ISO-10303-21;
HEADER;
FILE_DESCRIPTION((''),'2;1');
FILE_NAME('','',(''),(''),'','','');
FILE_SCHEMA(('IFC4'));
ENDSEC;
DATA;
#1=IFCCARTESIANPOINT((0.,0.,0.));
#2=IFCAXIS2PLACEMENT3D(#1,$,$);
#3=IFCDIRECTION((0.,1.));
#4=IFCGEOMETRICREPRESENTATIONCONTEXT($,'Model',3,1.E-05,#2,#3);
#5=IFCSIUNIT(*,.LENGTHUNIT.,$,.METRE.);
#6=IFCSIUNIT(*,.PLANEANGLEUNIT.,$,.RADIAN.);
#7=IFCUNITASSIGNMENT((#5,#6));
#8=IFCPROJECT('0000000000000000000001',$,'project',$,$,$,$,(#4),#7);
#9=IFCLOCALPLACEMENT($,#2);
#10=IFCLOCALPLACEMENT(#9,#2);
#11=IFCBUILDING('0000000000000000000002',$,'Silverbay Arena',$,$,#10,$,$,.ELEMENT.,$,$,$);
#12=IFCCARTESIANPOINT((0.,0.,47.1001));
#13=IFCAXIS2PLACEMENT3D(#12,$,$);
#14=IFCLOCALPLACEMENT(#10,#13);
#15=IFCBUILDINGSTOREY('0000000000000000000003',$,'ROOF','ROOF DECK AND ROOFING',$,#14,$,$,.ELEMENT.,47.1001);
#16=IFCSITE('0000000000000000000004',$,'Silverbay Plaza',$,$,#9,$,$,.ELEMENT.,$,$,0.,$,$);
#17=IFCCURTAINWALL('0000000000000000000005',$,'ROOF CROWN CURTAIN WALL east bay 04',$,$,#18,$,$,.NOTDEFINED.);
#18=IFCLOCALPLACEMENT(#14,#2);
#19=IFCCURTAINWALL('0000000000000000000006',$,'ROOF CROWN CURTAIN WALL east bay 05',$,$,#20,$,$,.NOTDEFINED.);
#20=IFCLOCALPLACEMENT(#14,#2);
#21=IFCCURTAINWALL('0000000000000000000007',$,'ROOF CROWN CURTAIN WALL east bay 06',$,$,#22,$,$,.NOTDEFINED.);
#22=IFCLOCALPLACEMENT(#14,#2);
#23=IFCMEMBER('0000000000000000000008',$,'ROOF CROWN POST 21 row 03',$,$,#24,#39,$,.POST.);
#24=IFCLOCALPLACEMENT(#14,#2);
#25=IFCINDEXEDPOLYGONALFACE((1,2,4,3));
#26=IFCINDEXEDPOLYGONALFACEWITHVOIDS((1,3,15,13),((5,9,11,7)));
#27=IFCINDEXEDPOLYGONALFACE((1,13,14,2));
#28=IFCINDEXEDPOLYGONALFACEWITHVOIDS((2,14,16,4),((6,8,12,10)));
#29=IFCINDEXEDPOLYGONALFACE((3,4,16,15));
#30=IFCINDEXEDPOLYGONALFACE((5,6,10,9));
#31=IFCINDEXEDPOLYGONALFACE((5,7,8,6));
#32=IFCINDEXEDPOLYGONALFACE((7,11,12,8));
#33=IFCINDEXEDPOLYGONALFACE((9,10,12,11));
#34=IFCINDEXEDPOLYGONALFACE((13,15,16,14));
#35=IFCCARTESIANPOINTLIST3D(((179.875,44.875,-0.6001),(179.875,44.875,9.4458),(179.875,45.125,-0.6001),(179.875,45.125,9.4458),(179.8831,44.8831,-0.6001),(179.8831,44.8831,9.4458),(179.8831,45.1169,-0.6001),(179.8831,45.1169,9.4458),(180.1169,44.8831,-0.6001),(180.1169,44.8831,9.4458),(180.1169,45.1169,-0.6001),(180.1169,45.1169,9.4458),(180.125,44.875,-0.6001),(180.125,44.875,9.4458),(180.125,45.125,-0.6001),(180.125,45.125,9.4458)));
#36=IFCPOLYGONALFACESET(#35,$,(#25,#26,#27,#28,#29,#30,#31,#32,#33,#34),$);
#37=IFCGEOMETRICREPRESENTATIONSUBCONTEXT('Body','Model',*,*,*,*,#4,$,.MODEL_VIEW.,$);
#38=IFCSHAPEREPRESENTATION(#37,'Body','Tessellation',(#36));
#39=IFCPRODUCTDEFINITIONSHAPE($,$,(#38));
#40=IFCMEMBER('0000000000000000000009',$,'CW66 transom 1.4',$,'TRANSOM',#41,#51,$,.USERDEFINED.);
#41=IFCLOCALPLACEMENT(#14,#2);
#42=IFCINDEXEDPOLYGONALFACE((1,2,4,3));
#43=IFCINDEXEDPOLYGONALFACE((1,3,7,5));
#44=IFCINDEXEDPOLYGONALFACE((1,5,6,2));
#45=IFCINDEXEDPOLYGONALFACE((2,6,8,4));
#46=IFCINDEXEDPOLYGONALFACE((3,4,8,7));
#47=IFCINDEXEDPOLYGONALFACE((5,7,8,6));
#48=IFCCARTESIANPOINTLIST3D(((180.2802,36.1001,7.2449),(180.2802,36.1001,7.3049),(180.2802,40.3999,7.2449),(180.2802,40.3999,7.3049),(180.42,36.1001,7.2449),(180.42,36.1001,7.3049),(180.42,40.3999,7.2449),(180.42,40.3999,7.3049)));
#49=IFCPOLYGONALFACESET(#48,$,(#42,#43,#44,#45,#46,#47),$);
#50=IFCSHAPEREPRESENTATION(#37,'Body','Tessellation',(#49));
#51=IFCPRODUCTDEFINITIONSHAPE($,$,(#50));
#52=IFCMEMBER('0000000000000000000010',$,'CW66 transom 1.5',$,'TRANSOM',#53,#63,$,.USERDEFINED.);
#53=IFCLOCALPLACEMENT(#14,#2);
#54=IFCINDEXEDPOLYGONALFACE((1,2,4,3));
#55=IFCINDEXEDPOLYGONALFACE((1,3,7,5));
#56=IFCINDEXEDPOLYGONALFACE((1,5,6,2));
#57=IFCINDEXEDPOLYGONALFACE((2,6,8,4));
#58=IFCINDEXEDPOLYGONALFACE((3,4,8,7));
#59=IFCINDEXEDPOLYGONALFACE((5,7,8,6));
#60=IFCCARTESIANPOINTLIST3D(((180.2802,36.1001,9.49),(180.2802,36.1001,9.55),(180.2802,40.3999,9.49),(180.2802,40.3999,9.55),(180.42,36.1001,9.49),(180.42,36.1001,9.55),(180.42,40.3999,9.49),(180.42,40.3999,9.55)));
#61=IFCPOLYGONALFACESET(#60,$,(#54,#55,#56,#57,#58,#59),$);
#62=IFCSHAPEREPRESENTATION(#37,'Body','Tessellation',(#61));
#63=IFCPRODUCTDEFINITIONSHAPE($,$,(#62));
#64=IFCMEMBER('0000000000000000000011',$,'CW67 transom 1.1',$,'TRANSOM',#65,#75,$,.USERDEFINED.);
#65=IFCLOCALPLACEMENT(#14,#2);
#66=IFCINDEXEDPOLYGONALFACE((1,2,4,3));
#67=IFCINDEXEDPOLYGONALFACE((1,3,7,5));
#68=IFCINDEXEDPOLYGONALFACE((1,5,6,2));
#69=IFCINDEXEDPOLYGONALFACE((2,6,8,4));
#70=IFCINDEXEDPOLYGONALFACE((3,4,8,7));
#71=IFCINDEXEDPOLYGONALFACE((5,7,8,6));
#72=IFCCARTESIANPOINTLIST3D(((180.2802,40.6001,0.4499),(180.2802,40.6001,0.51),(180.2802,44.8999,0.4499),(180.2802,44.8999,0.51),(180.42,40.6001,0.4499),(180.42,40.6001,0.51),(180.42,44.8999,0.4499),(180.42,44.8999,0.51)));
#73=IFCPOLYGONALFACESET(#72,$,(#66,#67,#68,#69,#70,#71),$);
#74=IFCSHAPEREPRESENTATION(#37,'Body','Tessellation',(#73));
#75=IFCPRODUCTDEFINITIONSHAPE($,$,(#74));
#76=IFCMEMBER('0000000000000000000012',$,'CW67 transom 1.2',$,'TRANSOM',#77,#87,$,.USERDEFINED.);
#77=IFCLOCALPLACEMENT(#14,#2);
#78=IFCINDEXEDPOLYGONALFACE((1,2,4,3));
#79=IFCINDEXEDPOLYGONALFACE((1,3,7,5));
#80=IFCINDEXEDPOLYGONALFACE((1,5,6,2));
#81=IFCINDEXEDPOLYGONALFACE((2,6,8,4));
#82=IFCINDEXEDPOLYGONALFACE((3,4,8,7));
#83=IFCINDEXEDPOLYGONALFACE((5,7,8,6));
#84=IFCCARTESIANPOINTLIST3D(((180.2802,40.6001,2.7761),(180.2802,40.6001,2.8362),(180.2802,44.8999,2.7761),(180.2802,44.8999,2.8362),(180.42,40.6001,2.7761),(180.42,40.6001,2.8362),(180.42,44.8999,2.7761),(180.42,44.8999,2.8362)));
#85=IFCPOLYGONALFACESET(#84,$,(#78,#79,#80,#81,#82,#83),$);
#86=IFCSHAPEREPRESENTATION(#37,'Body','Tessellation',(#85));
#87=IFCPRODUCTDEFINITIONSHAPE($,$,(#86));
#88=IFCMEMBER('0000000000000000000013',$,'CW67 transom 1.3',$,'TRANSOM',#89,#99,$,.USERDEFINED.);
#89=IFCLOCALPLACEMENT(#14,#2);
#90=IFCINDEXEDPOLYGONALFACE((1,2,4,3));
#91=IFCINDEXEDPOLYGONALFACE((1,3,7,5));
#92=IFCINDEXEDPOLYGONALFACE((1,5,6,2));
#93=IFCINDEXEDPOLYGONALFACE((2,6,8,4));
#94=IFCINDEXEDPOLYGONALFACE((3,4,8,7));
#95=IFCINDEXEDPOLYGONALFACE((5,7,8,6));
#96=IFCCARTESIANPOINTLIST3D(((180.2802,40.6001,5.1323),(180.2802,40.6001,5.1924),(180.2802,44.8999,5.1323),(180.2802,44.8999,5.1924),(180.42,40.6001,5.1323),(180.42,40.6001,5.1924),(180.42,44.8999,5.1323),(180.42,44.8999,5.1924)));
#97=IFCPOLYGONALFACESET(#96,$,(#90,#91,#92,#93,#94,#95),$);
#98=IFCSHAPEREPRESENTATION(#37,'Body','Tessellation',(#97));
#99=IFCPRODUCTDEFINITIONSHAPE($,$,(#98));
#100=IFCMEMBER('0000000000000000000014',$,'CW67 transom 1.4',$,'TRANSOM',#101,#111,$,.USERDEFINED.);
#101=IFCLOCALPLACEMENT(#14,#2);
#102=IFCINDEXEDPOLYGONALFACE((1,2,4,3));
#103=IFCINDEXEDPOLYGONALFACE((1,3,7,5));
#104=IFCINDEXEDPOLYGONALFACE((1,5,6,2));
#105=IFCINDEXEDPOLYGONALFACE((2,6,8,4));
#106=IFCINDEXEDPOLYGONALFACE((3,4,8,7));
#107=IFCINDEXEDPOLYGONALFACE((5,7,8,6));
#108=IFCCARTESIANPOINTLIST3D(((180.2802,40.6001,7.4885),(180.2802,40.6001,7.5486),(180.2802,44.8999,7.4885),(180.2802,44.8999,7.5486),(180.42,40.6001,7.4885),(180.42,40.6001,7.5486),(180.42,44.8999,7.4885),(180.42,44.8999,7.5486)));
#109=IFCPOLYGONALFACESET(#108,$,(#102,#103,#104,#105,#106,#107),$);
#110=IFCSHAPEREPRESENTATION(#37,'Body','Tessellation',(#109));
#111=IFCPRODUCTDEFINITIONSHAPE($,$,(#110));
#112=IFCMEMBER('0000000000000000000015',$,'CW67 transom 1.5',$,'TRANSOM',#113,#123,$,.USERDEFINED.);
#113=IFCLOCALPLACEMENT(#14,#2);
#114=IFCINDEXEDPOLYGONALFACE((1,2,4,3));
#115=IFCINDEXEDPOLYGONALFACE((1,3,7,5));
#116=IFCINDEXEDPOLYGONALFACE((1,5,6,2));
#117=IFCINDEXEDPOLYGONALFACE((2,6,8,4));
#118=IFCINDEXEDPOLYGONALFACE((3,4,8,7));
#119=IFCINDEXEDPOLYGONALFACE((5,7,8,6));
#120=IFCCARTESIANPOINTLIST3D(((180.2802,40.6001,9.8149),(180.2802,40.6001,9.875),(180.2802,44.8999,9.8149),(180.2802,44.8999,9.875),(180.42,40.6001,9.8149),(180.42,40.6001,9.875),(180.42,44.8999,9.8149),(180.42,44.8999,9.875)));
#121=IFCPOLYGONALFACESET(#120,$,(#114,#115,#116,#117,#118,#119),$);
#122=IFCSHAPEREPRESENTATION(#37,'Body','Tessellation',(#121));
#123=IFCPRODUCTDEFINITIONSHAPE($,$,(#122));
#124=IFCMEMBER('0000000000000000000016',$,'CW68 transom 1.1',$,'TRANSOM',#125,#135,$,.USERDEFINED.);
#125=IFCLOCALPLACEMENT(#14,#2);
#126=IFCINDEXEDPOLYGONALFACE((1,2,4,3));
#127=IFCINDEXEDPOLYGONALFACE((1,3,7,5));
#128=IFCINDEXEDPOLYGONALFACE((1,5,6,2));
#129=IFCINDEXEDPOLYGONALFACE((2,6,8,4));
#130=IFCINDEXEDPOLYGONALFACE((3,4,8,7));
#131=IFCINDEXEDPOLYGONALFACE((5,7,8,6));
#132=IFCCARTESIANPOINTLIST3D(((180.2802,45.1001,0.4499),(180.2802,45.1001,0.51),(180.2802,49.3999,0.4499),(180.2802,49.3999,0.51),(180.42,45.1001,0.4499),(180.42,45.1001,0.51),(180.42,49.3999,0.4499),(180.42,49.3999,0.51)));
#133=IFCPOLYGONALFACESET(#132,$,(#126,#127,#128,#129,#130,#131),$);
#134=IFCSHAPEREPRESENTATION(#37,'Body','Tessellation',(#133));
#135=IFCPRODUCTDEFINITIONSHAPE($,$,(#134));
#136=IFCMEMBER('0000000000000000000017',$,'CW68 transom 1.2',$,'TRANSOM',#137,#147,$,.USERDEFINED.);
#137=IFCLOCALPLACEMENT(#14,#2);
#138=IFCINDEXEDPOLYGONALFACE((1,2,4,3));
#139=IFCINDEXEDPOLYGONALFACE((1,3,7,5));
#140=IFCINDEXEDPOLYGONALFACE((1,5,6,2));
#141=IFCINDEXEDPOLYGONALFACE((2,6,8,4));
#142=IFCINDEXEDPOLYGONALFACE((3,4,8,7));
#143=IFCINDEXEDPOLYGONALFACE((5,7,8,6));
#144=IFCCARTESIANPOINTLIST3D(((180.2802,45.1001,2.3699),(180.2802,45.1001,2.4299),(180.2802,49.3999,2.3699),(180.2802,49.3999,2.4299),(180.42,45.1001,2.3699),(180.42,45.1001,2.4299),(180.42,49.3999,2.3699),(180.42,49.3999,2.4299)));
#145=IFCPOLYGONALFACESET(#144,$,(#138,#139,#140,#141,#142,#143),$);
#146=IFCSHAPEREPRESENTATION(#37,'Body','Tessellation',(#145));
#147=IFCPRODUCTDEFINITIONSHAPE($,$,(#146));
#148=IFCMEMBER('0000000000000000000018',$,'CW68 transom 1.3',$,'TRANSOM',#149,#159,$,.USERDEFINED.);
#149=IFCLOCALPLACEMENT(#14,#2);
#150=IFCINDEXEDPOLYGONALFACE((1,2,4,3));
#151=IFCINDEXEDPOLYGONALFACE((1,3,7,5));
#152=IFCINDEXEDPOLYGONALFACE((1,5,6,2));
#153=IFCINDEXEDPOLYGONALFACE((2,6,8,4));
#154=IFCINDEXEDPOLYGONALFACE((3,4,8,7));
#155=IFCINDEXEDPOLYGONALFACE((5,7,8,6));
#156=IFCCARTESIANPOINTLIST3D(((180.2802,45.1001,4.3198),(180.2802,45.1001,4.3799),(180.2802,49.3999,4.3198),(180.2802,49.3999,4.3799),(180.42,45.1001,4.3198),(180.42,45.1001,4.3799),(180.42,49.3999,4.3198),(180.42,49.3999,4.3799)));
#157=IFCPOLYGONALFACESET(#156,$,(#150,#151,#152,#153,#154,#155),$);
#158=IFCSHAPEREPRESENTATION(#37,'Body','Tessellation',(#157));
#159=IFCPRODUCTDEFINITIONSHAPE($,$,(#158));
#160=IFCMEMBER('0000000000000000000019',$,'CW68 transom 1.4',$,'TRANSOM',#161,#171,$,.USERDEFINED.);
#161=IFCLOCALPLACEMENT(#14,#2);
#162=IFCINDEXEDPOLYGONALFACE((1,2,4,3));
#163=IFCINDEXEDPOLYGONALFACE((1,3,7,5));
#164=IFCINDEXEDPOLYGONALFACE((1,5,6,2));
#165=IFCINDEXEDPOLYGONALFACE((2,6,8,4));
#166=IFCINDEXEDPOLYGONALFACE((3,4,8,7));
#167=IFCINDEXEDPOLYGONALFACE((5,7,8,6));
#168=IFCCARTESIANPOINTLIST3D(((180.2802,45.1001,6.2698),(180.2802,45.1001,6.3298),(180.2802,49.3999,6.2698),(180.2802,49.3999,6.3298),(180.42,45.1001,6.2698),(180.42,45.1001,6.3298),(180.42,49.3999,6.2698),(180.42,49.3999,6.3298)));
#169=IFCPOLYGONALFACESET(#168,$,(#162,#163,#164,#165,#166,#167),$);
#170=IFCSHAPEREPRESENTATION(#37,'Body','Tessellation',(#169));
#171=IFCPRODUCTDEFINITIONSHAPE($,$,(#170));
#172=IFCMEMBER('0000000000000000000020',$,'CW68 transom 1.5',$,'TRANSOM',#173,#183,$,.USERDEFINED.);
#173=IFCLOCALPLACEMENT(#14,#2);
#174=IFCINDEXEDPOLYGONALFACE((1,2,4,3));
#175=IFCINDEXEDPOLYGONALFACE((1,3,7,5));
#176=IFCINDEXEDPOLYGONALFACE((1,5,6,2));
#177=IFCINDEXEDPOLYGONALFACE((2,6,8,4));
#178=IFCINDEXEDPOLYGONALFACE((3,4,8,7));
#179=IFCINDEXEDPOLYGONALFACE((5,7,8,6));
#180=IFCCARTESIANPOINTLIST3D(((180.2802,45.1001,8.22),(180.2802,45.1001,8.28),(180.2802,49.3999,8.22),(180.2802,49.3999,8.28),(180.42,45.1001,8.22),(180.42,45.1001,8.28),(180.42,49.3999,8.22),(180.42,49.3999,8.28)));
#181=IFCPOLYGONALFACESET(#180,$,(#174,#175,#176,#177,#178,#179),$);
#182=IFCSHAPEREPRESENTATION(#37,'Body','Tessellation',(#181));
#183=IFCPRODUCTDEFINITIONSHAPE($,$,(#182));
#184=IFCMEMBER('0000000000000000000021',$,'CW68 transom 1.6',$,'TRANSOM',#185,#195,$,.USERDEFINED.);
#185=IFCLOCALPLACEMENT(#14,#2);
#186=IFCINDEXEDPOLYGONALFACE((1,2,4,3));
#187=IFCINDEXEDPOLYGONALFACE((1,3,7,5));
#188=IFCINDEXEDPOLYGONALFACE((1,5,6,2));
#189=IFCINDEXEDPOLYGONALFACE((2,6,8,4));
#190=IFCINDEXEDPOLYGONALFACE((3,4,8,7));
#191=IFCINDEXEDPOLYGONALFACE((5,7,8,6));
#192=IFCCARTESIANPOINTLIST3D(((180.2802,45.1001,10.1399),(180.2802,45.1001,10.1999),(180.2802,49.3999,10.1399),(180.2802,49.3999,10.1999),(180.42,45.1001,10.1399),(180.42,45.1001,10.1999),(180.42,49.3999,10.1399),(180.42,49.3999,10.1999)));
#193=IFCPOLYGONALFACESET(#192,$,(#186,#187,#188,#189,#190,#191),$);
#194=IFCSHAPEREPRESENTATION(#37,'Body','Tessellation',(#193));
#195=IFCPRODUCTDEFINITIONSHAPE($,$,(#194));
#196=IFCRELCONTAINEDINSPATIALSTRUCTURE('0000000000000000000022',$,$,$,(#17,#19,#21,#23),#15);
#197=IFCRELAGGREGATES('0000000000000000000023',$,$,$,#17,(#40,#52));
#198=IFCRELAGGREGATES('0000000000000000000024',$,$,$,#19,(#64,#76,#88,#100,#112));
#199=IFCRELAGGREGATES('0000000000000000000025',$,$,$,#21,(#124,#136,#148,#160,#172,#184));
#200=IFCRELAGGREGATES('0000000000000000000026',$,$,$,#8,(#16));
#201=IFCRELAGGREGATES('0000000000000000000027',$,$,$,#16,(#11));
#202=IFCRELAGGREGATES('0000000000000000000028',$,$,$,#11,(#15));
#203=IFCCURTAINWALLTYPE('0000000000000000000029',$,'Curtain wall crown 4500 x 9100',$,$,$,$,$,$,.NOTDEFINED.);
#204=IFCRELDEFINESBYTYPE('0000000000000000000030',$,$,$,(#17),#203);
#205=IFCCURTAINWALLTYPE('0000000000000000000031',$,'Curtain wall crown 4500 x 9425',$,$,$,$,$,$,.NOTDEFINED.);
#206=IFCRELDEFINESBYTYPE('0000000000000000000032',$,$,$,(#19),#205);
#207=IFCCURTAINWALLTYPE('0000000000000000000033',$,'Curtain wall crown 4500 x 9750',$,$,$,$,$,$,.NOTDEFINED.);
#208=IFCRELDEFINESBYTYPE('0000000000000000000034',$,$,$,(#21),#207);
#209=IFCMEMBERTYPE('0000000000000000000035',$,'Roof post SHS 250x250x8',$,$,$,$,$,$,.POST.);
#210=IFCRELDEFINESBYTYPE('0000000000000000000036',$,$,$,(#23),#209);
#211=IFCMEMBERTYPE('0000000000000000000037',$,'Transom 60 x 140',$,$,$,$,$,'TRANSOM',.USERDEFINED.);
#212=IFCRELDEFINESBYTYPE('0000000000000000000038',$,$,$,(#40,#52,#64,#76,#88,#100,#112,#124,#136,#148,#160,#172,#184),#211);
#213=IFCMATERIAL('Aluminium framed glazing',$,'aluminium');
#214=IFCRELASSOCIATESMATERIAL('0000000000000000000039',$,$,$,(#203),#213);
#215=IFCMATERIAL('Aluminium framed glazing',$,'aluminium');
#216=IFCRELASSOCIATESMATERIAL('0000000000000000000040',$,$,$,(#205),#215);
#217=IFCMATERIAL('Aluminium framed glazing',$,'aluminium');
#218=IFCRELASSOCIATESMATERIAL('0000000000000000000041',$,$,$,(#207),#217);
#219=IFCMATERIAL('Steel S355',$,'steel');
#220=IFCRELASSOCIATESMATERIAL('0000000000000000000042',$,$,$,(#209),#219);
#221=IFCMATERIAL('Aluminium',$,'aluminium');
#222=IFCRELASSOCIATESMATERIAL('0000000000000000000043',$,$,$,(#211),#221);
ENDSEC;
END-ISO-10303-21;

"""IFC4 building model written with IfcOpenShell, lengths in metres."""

from ifc_helpers import new_model, si_unit, direction, frame, origin, origin_2d, place, context, subcontext, project, spatial, rectangle, hollow_rectangle, extrude, material, material_profile, profile_set, type_object, element, aggregate, save


model = new_model("IFC4")

# Units and contexts
model_context = context("Model", 3, precision=1e-05, world=origin(), true_north=direction((0.0, 1.0)))
body_context = subcontext(model_context, "Body", "Model", "MODEL_VIEW")
ifc_project = project(units=[si_unit("LENGTHUNIT", "METRE"), si_unit("PLANEANGLEUNIT", "RADIAN")], contexts=[model_context])

# Site, building, storey
site_placement = place(None, origin())
site = spatial("IfcSite", under=ifc_project, at=site_placement, Name="Silverbay Plaza", CompositionType="ELEMENT", RefElevation=0.0)
building_placement = place(site_placement, origin())
building = spatial("IfcBuilding", under=site, at=building_placement, Name="Silverbay Arena", CompositionType="ELEMENT")
storey_placement = place(building_placement, frame((0.0, 0.0, 47.1001)))
storey = spatial("IfcBuildingStorey", under=building, at=storey_placement, Name="ROOF", Description="ROOF DECK AND ROOFING", CompositionType="ELEMENT", Elevation=47.1001)

# Curtain wall
ifc_material_1 = material(Name="Aluminium framed glazing", Category="aluminium")
curtain_wall_type_1 = type_object("IfcCurtainWallType", Name="Curtain wall crown 4500 x 9100", PredefinedType="NOTDEFINED", material=ifc_material_1)
curtain_wall_1_placement = place(storey_placement, origin())
curtain_wall_1 = element("IfcCurtainWall", 1, at=curtain_wall_1_placement, inside=storey, type_object=curtain_wall_type_1, Name="ROOF CROWN CURTAIN WALL east bay 04", PredefinedType="NOTDEFINED")
placement = place(building_placement, frame((0.0, 0.0, 33.5)))

# Curtain wall
ifc_material_2 = material(Name="Aluminium framed glazing", Category="aluminium")
curtain_wall_type_2 = type_object("IfcCurtainWallType", Name="Curtain wall crown 4500 x 9425", PredefinedType="NOTDEFINED", material=ifc_material_2)
curtain_wall_2_placement = place(storey_placement, origin())
curtain_wall_2 = element("IfcCurtainWall", 2, at=curtain_wall_2_placement, inside=storey, type_object=curtain_wall_type_2, Name="ROOF CROWN CURTAIN WALL east bay 05", PredefinedType="NOTDEFINED")

# Curtain wall
ifc_material_3 = material(Name="Aluminium framed glazing", Category="aluminium")
curtain_wall_type_3 = type_object("IfcCurtainWallType", Name="Curtain wall crown 4500 x 9750", PredefinedType="NOTDEFINED", material=ifc_material_3)
curtain_wall_3_placement = place(storey_placement, origin())
curtain_wall_3 = element("IfcCurtainWall", 3, at=curtain_wall_3_placement, inside=storey, type_object=curtain_wall_type_3, Name="ROOF CROWN CURTAIN WALL east bay 06", PredefinedType="NOTDEFINED")

# Member
ifc_material_4 = material(Name="Steel S355", Category="steel")
ifc_material_profile_1 = material_profile(ifc_material_4, hollow_rectangle(XDim=0.25, YDim=0.25, WallThickness=0.0081, at=origin_2d()), Name="SHS 250x250x8")
ifc_profile_set_1 = profile_set([ifc_material_profile_1], Name="Steel S355")
member_type_1 = type_object("IfcMemberType", Name="Roof post SHS 250x250x8", PredefinedType="POST", material=ifc_profile_set_1)
member_1_placement = place(storey_placement, frame((180.0, 45.0, -0.6001), z_axis=(0.0, 0.0, 1.0), x_axis=(1.0, 0.0, 0.0)))
element("IfcMember", 4, at=member_1_placement, inside=storey, type_object=member_type_1, Name="ROOF CROWN POST 21 row 03", PredefinedType="POST", context=body_context, shape_type="SweptSolid", body=[
    extrude(hollow_rectangle(XDim=0.25, YDim=0.25, WallThickness=0.0081, at=origin_2d()), origin(), (0.0, 0.0, 1.0), 10.0459),
])

# Members
ifc_material_5 = material(Name="Aluminium", Category="aluminium")
ifc_material_profile_2 = material_profile(ifc_material_5, rectangle(XDim=0.1399, YDim=0.0601, at=origin_2d()), Name="Transom 60 x 140")
ifc_profile_set_2 = profile_set([ifc_material_profile_2], Name="Aluminium")
member_type_2 = type_object("IfcMemberType", Name="Transom 60 x 140", ElementType="TRANSOM", PredefinedType="USERDEFINED", material=ifc_profile_set_2)
member_2_placement = place(placement, frame((180.3501, 36.1001, 20.875), z_axis=(0.0, 1.0, 0.0), x_axis=(-1.0, 0.0, 0.0)))
member_2 = element("IfcMember", 5, at=member_2_placement, type_object=member_type_2, Name="CW66 transom 1.4", ObjectType="TRANSOM", PredefinedType="USERDEFINED", context=body_context, shape_type="SweptSolid", body=[
    extrude(rectangle(XDim=0.1399, YDim=0.0601, at=origin_2d()), origin(), (0.0, 0.0, 1.0), 4.2998),
])
member_3_placement = place(placement, frame((180.3501, 36.1001, 23.1201), z_axis=(0.0, 1.0, 0.0), x_axis=(-1.0, 0.0, 0.0)))
member_3 = element("IfcMember", 6, at=member_3_placement, type_object=member_type_2, Name="CW66 transom 1.5", ObjectType="TRANSOM", PredefinedType="USERDEFINED", context=body_context, shape_type="SweptSolid", body=[
    extrude(rectangle(XDim=0.1399, YDim=0.0601, at=origin_2d()), origin(), (0.0, 0.0, 1.0), 4.2998),
])
member_4_placement = place(placement, frame((180.3501, 40.6001, 14.0801), z_axis=(0.0, 1.0, 0.0), x_axis=(-1.0, 0.0, 0.0)))
member_4 = element("IfcMember", 7, at=member_4_placement, type_object=member_type_2, Name="CW67 transom 1.1", ObjectType="TRANSOM", PredefinedType="USERDEFINED", context=body_context, shape_type="SweptSolid", body=[
    extrude(rectangle(XDim=0.1399, YDim=0.0601, at=origin_2d()), origin(), (0.0, 0.0, 1.0), 4.2998),
])
member_5_placement = place(placement, frame((180.3501, 40.6001, 16.4062), z_axis=(0.0, 1.0, 0.0), x_axis=(-1.0, 0.0, 0.0)))
member_5 = element("IfcMember", 8, at=member_5_placement, type_object=member_type_2, Name="CW67 transom 1.2", ObjectType="TRANSOM", PredefinedType="USERDEFINED", context=body_context, shape_type="SweptSolid", body=[
    extrude(rectangle(XDim=0.1399, YDim=0.0601, at=origin_2d()), origin(), (0.0, 0.0, 1.0), 4.2998),
])
member_6_placement = place(placement, frame((180.3501, 40.6001, 18.7625), z_axis=(0.0, 1.0, 0.0), x_axis=(-1.0, 0.0, 0.0)))
member_6 = element("IfcMember", 9, at=member_6_placement, type_object=member_type_2, Name="CW67 transom 1.3", ObjectType="TRANSOM", PredefinedType="USERDEFINED", context=body_context, shape_type="SweptSolid", body=[
    extrude(rectangle(XDim=0.1399, YDim=0.0601, at=origin_2d()), origin(), (0.0, 0.0, 1.0), 4.2998),
])
member_7_placement = place(placement, frame((180.3501, 40.6001, 21.1187), z_axis=(0.0, 1.0, 0.0), x_axis=(-1.0, 0.0, 0.0)))
member_7 = element("IfcMember", 10, at=member_7_placement, type_object=member_type_2, Name="CW67 transom 1.4", ObjectType="TRANSOM", PredefinedType="USERDEFINED", context=body_context, shape_type="SweptSolid", body=[
    extrude(rectangle(XDim=0.1399, YDim=0.0601, at=origin_2d()), origin(), (0.0, 0.0, 1.0), 4.2998),
])
member_8_placement = place(placement, frame((180.3501, 40.6001, 23.4451), z_axis=(0.0, 1.0, 0.0), x_axis=(-1.0, 0.0, 0.0)))
member_8 = element("IfcMember", 11, at=member_8_placement, type_object=member_type_2, Name="CW67 transom 1.5", ObjectType="TRANSOM", PredefinedType="USERDEFINED", context=body_context, shape_type="SweptSolid", body=[
    extrude(rectangle(XDim=0.1399, YDim=0.0601, at=origin_2d()), origin(), (0.0, 0.0, 1.0), 4.2998),
])
member_9_placement = place(placement, frame((180.3501, 45.1001, 14.0801), z_axis=(0.0, 1.0, 0.0), x_axis=(-1.0, 0.0, 0.0)))
member_9 = element("IfcMember", 12, at=member_9_placement, type_object=member_type_2, Name="CW68 transom 1.1", ObjectType="TRANSOM", PredefinedType="USERDEFINED", context=body_context, shape_type="SweptSolid", body=[
    extrude(rectangle(XDim=0.1399, YDim=0.0601, at=origin_2d()), origin(), (0.0, 0.0, 1.0), 4.2998),
])
member_10_placement = place(placement, frame((180.3501, 45.1001, 16.0), z_axis=(0.0, 1.0, 0.0), x_axis=(-1.0, 0.0, 0.0)))
member_10 = element("IfcMember", 13, at=member_10_placement, type_object=member_type_2, Name="CW68 transom 1.2", ObjectType="TRANSOM", PredefinedType="USERDEFINED", context=body_context, shape_type="SweptSolid", body=[
    extrude(rectangle(XDim=0.1399, YDim=0.0601, at=origin_2d()), origin(), (0.0, 0.0, 1.0), 4.2998),
])
member_11_placement = place(placement, frame((180.3501, 45.1001, 17.95), z_axis=(0.0, 1.0, 0.0), x_axis=(-1.0, 0.0, 0.0)))
member_11 = element("IfcMember", 14, at=member_11_placement, type_object=member_type_2, Name="CW68 transom 1.3", ObjectType="TRANSOM", PredefinedType="USERDEFINED", context=body_context, shape_type="SweptSolid", body=[
    extrude(rectangle(XDim=0.1399, YDim=0.0601, at=origin_2d()), origin(), (0.0, 0.0, 1.0), 4.2998),
])
member_12_placement = place(placement, frame((180.3501, 45.1001, 19.8999), z_axis=(0.0, 1.0, 0.0), x_axis=(-1.0, 0.0, 0.0)))
member_12 = element("IfcMember", 15, at=member_12_placement, type_object=member_type_2, Name="CW68 transom 1.4", ObjectType="TRANSOM", PredefinedType="USERDEFINED", context=body_context, shape_type="SweptSolid", body=[
    extrude(rectangle(XDim=0.1399, YDim=0.0601, at=origin_2d()), origin(), (0.0, 0.0, 1.0), 4.2998),
])
member_13_placement = place(placement, frame((180.3501, 45.1001, 21.8501), z_axis=(0.0, 1.0, 0.0), x_axis=(-1.0, 0.0, 0.0)))
member_13 = element("IfcMember", 16, at=member_13_placement, type_object=member_type_2, Name="CW68 transom 1.5", ObjectType="TRANSOM", PredefinedType="USERDEFINED", context=body_context, shape_type="SweptSolid", body=[
    extrude(rectangle(XDim=0.1399, YDim=0.0601, at=origin_2d()), origin(), (0.0, 0.0, 1.0), 4.2998),
])
member_14_placement = place(placement, frame((180.3501, 45.1001, 23.77), z_axis=(0.0, 1.0, 0.0), x_axis=(-1.0, 0.0, 0.0)))
member_14 = element("IfcMember", 17, at=member_14_placement, type_object=member_type_2, Name="CW68 transom 1.6", ObjectType="TRANSOM", PredefinedType="USERDEFINED", context=body_context, shape_type="SweptSolid", body=[
    extrude(rectangle(XDim=0.1399, YDim=0.0601, at=origin_2d()), origin(), (0.0, 0.0, 1.0), 4.2998),
])

aggregate(curtain_wall_1, [member_2, member_3])
aggregate(curtain_wall_2, [member_4, member_5, member_6, member_7, member_8])
aggregate(curtain_wall_3, [member_9, member_10, member_11, member_12, member_13, member_14])

save(model, "model.ifc")
